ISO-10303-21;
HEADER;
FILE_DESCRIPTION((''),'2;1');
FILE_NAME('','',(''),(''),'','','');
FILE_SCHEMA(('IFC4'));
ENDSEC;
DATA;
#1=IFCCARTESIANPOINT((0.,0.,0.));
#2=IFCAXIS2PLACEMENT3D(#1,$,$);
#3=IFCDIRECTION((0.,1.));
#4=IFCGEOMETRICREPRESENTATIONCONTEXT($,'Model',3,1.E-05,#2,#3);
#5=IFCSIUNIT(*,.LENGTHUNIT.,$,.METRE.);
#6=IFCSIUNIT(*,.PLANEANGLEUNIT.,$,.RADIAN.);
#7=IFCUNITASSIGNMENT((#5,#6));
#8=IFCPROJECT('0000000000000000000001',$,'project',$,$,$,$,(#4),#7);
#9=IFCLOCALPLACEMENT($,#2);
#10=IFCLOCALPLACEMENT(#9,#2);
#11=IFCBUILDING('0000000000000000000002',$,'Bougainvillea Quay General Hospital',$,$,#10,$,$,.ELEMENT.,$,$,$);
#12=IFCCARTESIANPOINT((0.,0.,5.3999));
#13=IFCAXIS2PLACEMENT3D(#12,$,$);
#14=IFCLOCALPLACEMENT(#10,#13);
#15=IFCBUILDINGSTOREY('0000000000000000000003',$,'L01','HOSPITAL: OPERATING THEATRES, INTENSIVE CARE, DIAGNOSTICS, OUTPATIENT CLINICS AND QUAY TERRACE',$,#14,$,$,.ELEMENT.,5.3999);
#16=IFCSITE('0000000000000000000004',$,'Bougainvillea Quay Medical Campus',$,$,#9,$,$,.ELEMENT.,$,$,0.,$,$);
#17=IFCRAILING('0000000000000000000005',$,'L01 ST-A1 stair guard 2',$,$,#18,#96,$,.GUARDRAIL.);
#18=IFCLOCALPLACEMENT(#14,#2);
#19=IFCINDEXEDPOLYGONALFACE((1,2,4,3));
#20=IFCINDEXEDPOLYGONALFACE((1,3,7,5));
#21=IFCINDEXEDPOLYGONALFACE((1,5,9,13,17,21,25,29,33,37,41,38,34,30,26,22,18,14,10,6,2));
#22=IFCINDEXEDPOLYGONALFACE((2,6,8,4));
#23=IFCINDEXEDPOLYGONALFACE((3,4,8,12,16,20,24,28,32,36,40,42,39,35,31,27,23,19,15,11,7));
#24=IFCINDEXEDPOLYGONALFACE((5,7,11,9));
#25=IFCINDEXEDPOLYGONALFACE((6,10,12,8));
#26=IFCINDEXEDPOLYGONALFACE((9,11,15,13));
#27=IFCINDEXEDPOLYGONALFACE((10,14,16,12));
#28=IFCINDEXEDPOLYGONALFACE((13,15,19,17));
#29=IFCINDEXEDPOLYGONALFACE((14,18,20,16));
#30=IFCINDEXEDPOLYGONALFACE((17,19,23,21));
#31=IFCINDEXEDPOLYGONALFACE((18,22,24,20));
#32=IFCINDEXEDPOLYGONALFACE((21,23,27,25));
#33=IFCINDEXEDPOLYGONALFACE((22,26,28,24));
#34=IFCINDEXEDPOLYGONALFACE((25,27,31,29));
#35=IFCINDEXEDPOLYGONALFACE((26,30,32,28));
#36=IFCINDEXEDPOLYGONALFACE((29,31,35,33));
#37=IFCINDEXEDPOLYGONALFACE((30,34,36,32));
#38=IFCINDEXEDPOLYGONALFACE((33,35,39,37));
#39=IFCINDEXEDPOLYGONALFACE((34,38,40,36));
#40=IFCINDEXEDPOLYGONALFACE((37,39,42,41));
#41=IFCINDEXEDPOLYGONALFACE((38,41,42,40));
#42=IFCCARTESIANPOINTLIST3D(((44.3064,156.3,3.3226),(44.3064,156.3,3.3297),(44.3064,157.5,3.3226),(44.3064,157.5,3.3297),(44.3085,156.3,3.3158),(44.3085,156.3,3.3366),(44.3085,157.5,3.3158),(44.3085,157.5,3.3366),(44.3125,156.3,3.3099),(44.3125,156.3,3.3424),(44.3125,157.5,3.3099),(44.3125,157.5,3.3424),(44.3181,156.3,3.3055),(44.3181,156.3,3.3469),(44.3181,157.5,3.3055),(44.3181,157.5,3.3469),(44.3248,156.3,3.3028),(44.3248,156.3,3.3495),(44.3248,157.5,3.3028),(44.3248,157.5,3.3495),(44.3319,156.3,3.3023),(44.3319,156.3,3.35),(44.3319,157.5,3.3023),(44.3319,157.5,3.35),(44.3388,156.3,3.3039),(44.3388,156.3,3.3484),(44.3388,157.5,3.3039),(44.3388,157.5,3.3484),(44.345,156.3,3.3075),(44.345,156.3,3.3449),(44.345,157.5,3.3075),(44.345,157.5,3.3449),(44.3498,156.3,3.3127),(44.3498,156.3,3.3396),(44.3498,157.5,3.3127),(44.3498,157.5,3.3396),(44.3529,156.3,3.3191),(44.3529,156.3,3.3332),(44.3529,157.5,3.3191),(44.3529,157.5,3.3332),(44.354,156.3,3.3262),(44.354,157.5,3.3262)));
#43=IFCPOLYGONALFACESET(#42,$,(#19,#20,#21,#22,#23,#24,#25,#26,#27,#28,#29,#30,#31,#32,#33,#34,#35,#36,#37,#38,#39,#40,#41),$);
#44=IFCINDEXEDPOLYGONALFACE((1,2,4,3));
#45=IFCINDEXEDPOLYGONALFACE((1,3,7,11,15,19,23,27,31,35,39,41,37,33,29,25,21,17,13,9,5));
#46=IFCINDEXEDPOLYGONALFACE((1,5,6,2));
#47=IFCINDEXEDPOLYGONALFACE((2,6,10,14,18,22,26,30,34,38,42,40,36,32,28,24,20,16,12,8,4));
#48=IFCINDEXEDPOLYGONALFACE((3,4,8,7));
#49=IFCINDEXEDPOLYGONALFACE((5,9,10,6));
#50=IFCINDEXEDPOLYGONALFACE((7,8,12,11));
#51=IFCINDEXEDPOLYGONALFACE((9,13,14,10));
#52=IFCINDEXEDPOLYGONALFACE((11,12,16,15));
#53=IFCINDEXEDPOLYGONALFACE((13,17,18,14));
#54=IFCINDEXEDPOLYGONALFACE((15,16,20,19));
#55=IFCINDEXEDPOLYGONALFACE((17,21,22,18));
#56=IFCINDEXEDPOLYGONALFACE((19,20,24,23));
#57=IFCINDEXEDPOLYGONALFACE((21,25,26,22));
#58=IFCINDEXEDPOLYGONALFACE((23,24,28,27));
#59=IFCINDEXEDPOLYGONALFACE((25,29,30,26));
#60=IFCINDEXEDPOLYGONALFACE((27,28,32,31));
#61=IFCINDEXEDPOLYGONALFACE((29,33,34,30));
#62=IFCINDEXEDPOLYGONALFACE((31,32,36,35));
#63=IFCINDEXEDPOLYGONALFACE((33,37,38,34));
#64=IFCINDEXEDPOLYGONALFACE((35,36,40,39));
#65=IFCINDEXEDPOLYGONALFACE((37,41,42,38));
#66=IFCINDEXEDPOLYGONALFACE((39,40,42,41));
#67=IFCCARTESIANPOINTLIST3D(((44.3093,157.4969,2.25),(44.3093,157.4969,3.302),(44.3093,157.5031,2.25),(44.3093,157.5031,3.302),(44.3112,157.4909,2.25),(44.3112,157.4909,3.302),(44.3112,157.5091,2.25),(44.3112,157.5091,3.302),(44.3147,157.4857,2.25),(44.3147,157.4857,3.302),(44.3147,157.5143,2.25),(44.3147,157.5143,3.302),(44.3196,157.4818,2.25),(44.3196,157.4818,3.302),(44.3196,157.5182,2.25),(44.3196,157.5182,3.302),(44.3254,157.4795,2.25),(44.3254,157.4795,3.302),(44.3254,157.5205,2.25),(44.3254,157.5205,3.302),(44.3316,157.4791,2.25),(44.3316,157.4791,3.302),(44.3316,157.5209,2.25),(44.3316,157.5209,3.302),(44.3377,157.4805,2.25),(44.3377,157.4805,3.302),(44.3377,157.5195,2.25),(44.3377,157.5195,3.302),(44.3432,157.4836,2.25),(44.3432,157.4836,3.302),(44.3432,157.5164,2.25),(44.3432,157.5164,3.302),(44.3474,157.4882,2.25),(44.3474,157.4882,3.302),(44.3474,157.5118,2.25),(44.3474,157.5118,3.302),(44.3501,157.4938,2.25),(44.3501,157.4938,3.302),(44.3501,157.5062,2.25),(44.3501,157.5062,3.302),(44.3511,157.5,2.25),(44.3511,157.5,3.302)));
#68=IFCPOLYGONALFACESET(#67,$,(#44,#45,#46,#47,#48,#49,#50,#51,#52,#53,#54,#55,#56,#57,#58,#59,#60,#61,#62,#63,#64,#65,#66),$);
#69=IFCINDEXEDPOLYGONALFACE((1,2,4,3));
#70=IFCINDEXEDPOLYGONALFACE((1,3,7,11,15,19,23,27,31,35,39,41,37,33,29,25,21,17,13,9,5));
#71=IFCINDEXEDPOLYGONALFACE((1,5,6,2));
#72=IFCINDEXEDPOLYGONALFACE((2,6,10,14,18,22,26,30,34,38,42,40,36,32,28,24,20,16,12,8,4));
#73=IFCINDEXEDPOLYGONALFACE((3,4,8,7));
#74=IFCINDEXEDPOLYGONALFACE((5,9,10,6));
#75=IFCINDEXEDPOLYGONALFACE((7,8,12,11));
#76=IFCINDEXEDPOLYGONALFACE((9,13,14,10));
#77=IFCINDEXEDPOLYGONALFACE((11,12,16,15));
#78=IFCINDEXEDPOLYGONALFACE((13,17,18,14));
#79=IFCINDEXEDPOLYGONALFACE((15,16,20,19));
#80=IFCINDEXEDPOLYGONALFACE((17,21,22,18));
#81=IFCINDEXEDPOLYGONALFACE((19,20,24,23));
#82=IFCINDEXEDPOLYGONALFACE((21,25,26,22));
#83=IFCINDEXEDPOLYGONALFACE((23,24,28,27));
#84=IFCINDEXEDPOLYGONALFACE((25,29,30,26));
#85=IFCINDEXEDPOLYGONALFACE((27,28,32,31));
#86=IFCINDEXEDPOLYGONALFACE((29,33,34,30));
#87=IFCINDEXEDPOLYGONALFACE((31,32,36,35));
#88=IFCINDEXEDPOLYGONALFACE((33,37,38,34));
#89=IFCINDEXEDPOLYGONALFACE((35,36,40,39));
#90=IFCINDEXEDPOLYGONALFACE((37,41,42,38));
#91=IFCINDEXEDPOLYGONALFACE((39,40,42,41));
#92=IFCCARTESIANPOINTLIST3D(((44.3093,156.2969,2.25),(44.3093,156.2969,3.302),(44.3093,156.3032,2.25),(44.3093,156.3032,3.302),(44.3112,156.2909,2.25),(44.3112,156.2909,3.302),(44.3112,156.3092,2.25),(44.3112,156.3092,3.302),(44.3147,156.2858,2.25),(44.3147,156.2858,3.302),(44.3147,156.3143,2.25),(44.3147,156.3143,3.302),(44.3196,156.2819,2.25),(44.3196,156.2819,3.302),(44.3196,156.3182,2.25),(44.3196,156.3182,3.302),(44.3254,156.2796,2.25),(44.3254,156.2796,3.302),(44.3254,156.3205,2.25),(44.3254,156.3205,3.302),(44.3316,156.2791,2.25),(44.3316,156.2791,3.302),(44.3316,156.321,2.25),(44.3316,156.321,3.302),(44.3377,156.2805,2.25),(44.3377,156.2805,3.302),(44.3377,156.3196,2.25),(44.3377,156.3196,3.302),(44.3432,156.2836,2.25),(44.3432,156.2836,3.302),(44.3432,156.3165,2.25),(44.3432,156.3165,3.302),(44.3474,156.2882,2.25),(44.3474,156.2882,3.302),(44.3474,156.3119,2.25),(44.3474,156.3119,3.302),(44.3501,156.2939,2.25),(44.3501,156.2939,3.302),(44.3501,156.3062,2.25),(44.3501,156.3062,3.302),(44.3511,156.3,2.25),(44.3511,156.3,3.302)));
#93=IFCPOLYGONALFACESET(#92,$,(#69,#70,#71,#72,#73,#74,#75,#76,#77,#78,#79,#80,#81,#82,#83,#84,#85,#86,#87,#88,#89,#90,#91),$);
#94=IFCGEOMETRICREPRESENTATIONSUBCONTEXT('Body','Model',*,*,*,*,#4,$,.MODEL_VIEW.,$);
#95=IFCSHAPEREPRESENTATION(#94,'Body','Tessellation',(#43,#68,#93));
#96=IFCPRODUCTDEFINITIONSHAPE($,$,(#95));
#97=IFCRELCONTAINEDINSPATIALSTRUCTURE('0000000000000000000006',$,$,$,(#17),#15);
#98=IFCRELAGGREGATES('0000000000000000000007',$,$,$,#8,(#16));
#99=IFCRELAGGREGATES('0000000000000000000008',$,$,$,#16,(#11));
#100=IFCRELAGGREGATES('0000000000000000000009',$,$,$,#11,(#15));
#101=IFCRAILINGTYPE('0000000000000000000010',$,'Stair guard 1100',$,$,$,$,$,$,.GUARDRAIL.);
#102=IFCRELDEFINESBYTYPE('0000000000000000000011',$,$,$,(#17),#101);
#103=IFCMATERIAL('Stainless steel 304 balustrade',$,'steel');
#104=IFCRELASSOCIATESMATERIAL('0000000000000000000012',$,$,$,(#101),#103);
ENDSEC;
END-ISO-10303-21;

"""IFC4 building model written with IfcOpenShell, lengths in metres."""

from ifc_helpers import new_model, si_unit, direction, frame, origin, origin_2d, place, context, subcontext, project, spatial, circle, extrude, material, type_object, element, save


model = new_model("IFC4")

# Units and contexts
model_context = context("Model", 3, precision=1e-05, world=origin(), true_north=direction((0.0, 1.0)))
body_context = subcontext(model_context, "Body", "Model", "MODEL_VIEW")
ifc_project = project(units=[si_unit("LENGTHUNIT", "METRE"), si_unit("PLANEANGLEUNIT", "RADIAN")], contexts=[model_context])

# Site, building, storey
site_placement = place(None, origin())
site = spatial("IfcSite", under=ifc_project, at=site_placement, Name="Bougainvillea Quay Medical Campus", CompositionType="ELEMENT", RefElevation=0.0)
building_placement = place(site_placement, origin())
building = spatial("IfcBuilding", under=site, at=building_placement, Name="Bougainvillea Quay General Hospital", CompositionType="ELEMENT")
storey_placement = place(building_placement, frame((0.0, 0.0, 5.3999)))
storey = spatial("IfcBuildingStorey", under=building, at=storey_placement, Name="L01", Description="HOSPITAL: OPERATING THEATRES, INTENSIVE CARE, DIAGNOSTICS, OUTPATIENT CLINICS AND QUAY TERRACE", CompositionType="ELEMENT", Elevation=5.3999)

# Railing
ifc_material_1 = material(Name="Stainless steel 304 balustrade", Category="steel")
railing_type_1 = type_object("IfcRailingType", Name="Stair guard 1100", PredefinedType="GUARDRAIL", material=ifc_material_1)
railing_1_placement = place(storey_placement, frame((44.3301, 157.5, 2.25)))
element("IfcRailing", 1, at=railing_1_placement, inside=storey, type_object=railing_type_1, Name="L01 ST-A1 stair guard 2", PredefinedType="GUARDRAIL", context=body_context, shape_type="SweptSolid", body=[
    extrude(circle(Radius=0.0239, at=origin_2d()), frame((0.0, 0.0, 1.0762), z_axis=(0.0, -1.0, 0.0), x_axis=(1.0, 0.0, 0.0)), (0.0, 0.0, 1.0), 1.2),
    extrude(circle(Radius=0.021, at=origin_2d()), origin(), (0.0, 0.0, 1.0), 1.052),
    extrude(circle(Radius=0.021, at=origin_2d()), frame((0.0, -1.2, 0.0)), (0.0, 0.0, 1.0), 1.052),
])

save(model, "model.ifc")
